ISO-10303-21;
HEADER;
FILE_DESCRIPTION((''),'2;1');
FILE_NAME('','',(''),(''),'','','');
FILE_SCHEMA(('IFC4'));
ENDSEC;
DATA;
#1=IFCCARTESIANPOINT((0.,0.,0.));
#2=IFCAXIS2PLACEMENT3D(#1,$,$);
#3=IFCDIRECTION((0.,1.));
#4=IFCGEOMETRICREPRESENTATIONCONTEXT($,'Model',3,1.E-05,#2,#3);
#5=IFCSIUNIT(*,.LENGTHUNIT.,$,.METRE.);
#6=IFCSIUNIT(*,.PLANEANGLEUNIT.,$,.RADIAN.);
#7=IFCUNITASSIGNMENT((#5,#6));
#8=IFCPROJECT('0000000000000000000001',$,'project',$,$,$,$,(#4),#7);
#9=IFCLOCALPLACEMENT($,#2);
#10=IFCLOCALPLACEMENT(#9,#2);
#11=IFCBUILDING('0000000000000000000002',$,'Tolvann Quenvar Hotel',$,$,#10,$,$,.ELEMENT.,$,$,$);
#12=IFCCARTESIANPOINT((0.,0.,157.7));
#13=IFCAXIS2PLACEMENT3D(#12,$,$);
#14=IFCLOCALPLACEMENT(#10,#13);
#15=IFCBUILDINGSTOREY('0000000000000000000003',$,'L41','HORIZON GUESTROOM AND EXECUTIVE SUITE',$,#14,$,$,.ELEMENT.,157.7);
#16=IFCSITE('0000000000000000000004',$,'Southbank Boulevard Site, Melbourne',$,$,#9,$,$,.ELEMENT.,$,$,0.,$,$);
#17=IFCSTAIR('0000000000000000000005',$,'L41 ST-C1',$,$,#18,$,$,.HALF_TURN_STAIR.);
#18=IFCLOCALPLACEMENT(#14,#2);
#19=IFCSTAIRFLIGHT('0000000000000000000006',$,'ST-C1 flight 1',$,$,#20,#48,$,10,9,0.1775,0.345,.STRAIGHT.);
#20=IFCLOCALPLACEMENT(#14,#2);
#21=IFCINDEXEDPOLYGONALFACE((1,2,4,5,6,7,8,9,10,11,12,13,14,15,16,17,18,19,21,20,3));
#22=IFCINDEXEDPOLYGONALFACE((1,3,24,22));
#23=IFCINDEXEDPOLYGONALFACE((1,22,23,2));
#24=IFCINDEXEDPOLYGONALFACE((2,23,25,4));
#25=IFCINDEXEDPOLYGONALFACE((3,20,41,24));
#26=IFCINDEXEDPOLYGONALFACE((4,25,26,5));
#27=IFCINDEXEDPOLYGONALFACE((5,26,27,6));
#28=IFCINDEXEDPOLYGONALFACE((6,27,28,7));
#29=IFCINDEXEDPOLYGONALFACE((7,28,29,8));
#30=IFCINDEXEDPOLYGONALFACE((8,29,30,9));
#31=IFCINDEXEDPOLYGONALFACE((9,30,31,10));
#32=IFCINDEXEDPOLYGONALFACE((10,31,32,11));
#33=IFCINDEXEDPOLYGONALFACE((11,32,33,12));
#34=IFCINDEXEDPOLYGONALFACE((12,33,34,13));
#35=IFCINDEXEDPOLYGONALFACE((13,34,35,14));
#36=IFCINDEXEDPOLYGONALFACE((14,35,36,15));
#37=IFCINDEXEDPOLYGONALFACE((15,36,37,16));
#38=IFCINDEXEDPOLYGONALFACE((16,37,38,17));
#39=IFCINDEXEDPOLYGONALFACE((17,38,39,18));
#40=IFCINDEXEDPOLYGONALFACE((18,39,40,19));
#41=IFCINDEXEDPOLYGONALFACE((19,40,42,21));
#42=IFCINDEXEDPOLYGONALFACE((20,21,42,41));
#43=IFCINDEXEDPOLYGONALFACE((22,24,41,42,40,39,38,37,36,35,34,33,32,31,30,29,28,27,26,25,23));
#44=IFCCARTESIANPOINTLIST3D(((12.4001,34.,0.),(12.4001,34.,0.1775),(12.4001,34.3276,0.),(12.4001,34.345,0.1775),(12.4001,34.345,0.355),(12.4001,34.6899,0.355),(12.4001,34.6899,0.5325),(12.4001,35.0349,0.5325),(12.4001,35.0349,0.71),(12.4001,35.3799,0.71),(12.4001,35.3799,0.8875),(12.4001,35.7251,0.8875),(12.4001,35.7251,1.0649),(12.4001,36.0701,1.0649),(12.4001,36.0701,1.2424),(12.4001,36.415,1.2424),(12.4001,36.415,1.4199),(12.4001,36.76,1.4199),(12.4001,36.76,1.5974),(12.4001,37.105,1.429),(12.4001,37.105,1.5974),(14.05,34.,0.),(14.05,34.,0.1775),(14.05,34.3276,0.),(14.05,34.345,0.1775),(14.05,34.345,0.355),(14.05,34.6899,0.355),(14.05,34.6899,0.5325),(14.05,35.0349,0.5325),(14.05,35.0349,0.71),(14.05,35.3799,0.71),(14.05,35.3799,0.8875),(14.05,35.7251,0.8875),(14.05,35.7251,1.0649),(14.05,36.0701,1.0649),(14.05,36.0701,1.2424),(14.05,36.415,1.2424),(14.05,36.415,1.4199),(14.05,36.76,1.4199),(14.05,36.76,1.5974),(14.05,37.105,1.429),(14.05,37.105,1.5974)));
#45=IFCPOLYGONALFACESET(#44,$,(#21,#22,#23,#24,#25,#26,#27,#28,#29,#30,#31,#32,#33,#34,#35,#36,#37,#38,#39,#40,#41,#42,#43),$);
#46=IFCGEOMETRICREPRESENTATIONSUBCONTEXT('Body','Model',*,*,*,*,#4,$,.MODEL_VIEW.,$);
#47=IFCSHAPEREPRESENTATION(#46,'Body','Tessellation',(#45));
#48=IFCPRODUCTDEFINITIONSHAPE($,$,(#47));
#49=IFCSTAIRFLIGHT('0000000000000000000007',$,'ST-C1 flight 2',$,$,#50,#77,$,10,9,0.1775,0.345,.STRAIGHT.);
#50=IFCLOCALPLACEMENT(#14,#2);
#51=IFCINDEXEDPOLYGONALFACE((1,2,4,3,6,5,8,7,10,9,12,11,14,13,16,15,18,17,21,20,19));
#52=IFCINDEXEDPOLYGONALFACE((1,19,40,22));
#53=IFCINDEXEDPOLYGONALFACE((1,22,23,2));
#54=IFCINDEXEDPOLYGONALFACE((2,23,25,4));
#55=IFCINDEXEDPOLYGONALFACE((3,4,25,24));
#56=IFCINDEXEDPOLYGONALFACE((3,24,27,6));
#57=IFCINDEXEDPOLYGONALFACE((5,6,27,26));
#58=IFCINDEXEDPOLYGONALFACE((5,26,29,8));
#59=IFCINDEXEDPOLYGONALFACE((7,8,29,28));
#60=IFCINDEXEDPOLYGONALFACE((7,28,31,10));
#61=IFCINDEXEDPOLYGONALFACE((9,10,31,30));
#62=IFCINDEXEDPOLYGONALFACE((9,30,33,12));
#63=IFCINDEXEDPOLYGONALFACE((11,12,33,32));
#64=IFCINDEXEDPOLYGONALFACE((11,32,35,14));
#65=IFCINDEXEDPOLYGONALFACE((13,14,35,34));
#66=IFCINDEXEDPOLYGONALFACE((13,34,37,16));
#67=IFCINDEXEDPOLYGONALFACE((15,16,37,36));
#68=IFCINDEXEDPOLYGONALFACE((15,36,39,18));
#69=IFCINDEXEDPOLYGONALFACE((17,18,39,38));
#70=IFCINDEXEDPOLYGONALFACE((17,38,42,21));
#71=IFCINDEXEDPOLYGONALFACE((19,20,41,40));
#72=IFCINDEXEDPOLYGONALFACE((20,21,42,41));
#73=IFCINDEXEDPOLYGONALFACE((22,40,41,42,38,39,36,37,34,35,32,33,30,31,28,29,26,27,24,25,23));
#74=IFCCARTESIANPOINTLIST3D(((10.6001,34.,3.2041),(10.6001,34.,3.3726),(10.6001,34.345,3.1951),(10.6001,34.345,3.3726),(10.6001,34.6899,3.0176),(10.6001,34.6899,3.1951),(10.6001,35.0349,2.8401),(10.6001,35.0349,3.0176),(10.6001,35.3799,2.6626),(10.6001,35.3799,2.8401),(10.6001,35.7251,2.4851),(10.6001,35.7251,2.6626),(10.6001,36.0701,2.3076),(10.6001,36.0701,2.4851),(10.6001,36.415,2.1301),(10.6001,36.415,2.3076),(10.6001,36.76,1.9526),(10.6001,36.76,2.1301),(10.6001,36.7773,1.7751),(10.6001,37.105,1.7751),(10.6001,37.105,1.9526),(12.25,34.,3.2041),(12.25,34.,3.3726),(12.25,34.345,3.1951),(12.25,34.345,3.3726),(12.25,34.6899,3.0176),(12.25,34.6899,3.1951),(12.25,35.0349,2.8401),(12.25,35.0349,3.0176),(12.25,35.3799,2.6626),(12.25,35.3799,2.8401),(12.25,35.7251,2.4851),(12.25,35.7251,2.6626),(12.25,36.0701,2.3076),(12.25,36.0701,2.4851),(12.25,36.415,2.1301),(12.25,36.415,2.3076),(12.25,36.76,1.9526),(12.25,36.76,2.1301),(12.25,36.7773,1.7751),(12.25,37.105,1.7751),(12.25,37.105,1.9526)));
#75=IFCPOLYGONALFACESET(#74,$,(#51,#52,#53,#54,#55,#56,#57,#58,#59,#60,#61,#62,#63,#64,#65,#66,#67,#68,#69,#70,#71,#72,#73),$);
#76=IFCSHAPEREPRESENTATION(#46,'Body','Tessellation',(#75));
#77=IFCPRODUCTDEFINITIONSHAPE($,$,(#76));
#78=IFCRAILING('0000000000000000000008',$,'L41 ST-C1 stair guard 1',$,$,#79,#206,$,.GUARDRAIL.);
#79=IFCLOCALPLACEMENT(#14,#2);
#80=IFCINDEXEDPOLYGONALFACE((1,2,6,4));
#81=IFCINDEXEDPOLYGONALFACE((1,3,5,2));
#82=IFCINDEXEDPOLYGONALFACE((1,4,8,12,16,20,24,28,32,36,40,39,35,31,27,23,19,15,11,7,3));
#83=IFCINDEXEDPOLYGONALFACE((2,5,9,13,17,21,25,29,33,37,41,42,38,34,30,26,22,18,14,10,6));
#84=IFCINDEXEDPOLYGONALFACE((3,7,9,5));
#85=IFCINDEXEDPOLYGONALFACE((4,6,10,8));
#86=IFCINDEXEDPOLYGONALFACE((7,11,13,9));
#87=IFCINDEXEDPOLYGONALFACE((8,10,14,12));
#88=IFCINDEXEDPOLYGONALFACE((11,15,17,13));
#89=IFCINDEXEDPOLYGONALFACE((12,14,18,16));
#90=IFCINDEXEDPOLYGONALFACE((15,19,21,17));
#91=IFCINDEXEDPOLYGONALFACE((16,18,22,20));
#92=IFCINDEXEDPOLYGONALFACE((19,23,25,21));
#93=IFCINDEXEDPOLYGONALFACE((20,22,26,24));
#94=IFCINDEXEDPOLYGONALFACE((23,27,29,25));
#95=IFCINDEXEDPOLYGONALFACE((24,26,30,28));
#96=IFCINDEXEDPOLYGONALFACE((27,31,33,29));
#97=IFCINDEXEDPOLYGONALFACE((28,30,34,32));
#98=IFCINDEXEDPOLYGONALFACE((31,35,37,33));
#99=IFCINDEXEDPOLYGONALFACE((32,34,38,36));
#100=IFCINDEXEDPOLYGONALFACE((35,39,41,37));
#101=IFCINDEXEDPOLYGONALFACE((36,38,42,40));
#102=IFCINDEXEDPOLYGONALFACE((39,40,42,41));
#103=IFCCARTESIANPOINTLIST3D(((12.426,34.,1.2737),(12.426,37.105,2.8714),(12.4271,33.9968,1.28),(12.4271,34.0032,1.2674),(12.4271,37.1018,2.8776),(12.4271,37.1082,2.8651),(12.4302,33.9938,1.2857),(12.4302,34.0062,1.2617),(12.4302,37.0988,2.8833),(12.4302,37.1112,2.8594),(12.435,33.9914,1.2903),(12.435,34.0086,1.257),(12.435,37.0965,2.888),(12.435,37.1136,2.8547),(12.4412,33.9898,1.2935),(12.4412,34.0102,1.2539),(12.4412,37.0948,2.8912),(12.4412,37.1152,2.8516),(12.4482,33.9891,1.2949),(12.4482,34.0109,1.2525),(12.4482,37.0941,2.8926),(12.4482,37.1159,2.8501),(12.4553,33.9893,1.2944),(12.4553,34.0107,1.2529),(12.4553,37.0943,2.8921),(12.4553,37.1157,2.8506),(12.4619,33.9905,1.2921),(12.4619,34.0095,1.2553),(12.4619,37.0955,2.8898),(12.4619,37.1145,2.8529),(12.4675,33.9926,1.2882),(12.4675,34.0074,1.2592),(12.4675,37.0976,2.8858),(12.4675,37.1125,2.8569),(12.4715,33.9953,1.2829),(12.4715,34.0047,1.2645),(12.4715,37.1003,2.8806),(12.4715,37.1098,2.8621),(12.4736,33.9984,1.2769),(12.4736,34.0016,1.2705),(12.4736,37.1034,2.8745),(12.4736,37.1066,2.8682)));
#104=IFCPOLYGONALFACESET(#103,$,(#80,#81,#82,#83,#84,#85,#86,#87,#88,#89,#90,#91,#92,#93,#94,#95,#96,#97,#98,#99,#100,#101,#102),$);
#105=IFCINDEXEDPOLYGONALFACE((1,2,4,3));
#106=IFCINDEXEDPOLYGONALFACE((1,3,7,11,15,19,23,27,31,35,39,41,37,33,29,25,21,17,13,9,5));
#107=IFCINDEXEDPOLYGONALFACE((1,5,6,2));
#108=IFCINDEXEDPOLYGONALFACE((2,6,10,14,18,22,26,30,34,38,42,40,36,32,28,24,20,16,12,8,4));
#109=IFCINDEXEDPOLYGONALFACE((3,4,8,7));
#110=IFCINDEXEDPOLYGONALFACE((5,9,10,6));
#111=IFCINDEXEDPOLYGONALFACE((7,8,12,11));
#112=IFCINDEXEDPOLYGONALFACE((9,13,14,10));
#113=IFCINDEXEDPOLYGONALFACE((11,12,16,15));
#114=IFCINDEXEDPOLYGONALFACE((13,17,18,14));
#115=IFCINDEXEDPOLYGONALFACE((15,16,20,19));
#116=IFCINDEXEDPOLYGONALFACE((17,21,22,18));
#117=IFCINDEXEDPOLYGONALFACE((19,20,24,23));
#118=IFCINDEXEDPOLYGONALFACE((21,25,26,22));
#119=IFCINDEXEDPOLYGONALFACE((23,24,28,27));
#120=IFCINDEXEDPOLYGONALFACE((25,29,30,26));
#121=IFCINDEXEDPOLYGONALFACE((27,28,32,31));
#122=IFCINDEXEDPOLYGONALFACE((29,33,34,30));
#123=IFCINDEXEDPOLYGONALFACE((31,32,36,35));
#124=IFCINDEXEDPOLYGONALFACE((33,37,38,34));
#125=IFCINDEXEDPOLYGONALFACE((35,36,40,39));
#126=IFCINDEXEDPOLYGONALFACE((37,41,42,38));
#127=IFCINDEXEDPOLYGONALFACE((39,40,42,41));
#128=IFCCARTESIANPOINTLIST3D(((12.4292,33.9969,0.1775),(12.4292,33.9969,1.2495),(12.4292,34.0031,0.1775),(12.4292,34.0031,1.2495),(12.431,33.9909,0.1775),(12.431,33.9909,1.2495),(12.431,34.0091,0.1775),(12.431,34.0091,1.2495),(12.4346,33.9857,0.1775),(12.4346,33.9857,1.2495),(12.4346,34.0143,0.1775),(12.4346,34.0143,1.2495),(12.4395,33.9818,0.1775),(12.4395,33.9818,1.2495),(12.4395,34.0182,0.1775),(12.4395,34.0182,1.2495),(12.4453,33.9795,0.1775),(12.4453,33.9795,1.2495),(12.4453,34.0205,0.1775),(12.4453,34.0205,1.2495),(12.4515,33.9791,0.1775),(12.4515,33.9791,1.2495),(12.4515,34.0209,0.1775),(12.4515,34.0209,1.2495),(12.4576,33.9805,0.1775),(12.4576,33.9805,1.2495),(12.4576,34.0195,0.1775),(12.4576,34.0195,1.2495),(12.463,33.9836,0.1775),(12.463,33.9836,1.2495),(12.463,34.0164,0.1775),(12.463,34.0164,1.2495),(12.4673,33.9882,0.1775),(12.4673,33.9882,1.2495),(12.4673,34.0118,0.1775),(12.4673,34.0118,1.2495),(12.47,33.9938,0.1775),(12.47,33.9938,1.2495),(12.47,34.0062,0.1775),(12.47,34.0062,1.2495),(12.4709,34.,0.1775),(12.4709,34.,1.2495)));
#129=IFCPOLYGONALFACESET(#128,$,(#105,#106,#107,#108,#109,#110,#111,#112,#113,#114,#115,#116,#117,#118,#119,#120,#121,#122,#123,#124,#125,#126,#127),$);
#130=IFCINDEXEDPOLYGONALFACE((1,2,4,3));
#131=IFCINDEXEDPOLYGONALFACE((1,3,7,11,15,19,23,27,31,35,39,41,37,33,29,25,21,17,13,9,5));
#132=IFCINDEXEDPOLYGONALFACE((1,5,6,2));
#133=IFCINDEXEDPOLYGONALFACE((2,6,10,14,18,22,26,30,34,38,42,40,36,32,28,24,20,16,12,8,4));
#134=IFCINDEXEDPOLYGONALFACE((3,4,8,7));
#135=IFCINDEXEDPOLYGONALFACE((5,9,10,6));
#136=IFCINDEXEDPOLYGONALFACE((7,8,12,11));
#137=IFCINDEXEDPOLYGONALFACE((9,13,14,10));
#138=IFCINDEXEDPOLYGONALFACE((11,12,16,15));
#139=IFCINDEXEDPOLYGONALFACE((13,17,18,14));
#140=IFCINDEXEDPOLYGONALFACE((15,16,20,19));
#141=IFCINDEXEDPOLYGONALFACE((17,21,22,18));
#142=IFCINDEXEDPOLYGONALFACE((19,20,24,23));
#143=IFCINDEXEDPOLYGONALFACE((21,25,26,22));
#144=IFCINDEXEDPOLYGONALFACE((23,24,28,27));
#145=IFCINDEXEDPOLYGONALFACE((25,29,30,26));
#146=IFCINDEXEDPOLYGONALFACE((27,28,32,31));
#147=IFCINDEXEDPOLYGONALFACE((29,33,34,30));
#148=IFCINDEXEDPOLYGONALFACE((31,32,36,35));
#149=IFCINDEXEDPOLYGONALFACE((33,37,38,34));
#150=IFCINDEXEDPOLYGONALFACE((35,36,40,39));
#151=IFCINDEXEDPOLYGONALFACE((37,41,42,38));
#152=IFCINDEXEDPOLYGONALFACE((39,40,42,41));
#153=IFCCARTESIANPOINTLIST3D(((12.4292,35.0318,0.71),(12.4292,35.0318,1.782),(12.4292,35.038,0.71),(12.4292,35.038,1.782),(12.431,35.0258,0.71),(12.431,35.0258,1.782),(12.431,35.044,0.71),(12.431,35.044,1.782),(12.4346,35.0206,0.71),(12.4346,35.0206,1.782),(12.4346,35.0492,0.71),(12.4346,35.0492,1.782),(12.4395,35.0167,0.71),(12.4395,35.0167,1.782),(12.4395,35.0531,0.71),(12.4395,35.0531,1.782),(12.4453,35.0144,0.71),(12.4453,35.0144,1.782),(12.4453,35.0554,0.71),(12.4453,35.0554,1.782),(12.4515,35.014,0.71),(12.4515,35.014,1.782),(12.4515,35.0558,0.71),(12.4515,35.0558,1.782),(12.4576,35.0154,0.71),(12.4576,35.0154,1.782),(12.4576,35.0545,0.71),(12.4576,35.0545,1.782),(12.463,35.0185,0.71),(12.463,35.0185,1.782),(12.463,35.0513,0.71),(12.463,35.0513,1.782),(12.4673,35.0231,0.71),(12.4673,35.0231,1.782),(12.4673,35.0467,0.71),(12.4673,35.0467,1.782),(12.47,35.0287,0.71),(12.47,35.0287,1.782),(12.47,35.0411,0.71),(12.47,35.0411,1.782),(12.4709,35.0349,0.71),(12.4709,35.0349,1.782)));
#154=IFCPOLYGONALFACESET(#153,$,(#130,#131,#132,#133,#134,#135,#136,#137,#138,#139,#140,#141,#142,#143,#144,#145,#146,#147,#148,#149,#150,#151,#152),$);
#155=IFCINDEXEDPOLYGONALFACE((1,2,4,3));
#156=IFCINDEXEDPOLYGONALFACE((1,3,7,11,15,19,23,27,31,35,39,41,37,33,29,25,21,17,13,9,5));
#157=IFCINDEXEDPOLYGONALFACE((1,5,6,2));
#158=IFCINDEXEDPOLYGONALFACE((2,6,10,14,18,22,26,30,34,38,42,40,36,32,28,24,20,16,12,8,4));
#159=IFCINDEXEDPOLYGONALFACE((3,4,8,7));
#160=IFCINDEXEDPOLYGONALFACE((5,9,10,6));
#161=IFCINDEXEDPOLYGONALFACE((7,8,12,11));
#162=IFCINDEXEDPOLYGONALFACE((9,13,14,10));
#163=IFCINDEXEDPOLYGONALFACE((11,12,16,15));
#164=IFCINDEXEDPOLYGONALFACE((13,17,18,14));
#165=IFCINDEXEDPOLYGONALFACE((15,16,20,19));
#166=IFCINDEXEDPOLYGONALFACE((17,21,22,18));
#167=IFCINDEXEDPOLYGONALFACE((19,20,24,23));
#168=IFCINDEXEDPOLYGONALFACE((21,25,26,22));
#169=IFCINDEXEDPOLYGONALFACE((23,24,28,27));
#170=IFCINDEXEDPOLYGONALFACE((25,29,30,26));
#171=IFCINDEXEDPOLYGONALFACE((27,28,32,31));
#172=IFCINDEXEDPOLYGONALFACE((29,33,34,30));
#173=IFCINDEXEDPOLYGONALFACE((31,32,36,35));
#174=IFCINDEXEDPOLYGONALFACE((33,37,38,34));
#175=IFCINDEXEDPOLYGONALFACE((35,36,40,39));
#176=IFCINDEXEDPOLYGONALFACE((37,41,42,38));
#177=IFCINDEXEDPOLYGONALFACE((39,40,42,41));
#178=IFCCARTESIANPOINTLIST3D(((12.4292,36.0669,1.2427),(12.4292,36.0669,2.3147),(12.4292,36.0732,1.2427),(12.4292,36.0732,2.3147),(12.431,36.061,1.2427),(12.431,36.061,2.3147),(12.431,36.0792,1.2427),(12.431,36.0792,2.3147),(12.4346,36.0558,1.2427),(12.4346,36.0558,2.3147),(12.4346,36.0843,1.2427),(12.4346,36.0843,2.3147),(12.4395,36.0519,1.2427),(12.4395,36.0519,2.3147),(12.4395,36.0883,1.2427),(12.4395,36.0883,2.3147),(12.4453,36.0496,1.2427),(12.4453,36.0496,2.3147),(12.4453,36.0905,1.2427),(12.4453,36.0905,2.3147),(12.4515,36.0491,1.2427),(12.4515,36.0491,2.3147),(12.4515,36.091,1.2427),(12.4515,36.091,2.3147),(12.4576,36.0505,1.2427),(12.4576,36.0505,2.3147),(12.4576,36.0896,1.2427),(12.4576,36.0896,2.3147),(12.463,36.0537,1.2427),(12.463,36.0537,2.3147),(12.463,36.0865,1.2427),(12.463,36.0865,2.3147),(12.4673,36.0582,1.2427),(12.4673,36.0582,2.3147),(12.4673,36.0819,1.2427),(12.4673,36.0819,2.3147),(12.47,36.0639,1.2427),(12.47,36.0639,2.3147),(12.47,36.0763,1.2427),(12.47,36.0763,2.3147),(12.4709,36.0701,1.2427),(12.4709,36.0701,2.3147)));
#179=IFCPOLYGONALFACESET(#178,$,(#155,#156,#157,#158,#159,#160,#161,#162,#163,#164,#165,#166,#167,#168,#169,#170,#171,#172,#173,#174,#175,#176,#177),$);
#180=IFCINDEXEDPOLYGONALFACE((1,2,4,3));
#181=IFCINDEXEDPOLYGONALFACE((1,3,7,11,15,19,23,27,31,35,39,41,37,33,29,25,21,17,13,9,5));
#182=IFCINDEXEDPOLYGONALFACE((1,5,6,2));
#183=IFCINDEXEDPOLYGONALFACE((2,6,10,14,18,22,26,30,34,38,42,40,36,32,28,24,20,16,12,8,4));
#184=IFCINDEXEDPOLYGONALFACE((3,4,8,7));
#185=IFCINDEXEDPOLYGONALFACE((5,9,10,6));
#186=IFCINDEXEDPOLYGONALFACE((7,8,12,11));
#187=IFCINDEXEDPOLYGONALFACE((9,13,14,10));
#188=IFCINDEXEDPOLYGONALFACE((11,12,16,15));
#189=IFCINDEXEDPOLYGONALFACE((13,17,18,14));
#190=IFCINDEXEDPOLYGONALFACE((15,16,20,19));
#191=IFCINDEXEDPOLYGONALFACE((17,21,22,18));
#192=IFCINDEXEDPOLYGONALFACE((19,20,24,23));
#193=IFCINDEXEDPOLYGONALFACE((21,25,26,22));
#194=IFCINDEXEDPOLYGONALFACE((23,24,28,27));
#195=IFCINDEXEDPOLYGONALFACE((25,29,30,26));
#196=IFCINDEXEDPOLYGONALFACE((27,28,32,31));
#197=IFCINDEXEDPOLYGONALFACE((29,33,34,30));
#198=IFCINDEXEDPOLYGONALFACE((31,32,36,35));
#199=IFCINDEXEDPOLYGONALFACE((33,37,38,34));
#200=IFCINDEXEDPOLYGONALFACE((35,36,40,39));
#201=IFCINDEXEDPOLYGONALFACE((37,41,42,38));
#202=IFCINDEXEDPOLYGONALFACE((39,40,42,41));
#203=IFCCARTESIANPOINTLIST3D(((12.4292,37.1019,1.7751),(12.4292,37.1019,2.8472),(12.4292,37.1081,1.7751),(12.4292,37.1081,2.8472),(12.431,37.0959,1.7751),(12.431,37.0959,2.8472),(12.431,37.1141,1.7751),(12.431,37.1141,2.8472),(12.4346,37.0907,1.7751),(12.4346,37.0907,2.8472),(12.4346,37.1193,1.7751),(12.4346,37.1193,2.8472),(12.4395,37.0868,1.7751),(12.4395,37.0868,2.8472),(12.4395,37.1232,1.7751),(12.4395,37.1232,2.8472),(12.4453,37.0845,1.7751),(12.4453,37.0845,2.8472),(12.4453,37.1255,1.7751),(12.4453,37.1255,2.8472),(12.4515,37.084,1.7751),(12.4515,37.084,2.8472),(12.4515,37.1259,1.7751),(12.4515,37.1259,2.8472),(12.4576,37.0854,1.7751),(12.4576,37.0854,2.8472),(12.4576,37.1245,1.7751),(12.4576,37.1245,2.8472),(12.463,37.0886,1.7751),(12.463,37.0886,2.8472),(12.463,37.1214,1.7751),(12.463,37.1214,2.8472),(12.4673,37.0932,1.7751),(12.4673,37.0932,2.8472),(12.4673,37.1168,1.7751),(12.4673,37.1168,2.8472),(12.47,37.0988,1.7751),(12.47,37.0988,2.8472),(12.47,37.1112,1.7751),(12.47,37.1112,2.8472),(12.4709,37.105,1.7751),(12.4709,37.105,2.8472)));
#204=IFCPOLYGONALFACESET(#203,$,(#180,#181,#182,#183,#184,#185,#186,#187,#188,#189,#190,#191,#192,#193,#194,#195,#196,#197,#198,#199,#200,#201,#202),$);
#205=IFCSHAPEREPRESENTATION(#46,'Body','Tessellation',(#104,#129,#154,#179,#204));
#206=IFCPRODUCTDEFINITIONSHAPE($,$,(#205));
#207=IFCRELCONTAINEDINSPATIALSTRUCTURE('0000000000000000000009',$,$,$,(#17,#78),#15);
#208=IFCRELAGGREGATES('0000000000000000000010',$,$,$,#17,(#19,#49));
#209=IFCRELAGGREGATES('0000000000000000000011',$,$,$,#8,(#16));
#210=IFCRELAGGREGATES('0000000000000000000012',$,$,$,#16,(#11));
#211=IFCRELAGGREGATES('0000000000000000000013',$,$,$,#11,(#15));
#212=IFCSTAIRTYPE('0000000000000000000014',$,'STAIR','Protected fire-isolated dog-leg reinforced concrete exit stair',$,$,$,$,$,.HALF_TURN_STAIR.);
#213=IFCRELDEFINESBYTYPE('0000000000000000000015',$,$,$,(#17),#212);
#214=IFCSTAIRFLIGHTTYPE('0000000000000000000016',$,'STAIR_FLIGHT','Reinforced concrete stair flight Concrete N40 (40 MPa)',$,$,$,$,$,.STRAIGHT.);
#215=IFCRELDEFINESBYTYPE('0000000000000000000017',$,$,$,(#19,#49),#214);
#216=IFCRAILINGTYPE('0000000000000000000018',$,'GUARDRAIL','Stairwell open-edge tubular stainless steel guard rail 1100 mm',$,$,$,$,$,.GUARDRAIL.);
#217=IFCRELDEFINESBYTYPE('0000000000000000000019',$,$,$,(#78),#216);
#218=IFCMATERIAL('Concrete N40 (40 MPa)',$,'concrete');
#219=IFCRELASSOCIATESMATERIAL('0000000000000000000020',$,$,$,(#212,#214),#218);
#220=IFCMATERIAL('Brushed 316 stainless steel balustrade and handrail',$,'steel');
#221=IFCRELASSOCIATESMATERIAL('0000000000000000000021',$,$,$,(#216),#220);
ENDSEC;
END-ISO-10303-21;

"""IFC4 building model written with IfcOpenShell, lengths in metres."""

from ifc_helpers import new_model, si_unit, direction, frame, origin, origin_2d, place, context, subcontext, project, spatial, polyline, circle, outline, extrude, material, type_object, element, aggregate, save


model = new_model("IFC4")

# Units and contexts
model_context = context("Model", 3, precision=1e-05, world=origin(), true_north=direction((0.0, 1.0)))
body_context = subcontext(model_context, "Body", "Model", "MODEL_VIEW")
ifc_project = project(units=[si_unit("LENGTHUNIT", "METRE"), si_unit("PLANEANGLEUNIT", "RADIAN")], contexts=[model_context])

# Site, building, storey
site_placement = place(None, origin())
site = spatial("IfcSite", under=ifc_project, at=site_placement, Name="Southbank Boulevard Site, Melbourne", CompositionType="ELEMENT", RefElevation=0.0)
building_placement = place(site_placement, origin())
building = spatial("IfcBuilding", under=site, at=building_placement, Name="Tolvann Quenvar Hotel", CompositionType="ELEMENT")
storey_placement = place(building_placement, frame((0.0, 0.0, 157.7)))
storey = spatial("IfcBuildingStorey", under=building, at=storey_placement, Name="L41", Description="HORIZON GUESTROOM AND EXECUTIVE SUITE", CompositionType="ELEMENT", Elevation=157.7)

# Shared definitions
ifc_material_1 = material(Name="Concrete N40 (40 MPa)", Category="concrete")

# Stair, stair flights
stair_type = type_object("IfcStairType", Name="STAIR", Description="Protected fire-isolated dog-leg reinforced concrete exit stair", PredefinedType="HALF_TURN_STAIR", material=ifc_material_1)
stair_placement = place(storey_placement, origin())
stair = element("IfcStair", 1, at=stair_placement, inside=storey, type_object=stair_type, Name="L41 ST-C1", PredefinedType="HALF_TURN_STAIR")
stair_flight_type = type_object("IfcStairFlightType", Name="STAIR_FLIGHT", Description="Reinforced concrete stair flight Concrete N40 (40 MPa)", PredefinedType="STRAIGHT", material=ifc_material_1)
stair_flight_1_placement = place(storey_placement, frame((13.2251, 34.0, 0.0), z_axis=(0.0, 0.0, 1.0), x_axis=(0.0, 1.0, 0.0)))
stair_flight_1 = element("IfcStairFlight", 2, at=stair_flight_1_placement, type_object=stair_flight_type, Name="ST-C1 flight 1", NumberOfRisers=10, NumberOfTreads=9, PredefinedType="STRAIGHT", RiserHeight=0.1775, TreadLength=0.345, context=body_context, shape_type="SweptSolid", body=[
    extrude(outline(polyline([(0.0, 0.0), (0.0, 0.1775), (0.345, 0.1775), (0.345, 0.355), (0.6899, 0.355), (0.6899, 0.5325), (1.0349, 0.5325), (1.0349, 0.71), (1.3799, 0.71), (1.3799, 0.8875), (1.7251, 0.8875), (1.7251, 1.0649), (2.0701, 1.0649), (2.0701, 1.2424), (2.415, 1.2424), (2.415, 1.4199), (2.76, 1.4199), (2.76, 1.5974), (3.105, 1.5974), (3.105, 1.7749), (3.105, 1.429), (0.3276, 0.0), (0.0, 0.0)])), frame((0.0, 0.825, 0.0), z_axis=(0.0, -1.0, 0.0), x_axis=(1.0, 0.0, 0.0)), (0.0, 0.0, 1.0), 1.6499),
])
stair_flight_2_placement = place(storey_placement, frame((11.425, 37.105, 1.7751), z_axis=(0.0, 0.0, 1.0), x_axis=(0.0, -1.0, 0.0)))
stair_flight_2 = element("IfcStairFlight", 3, at=stair_flight_2_placement, type_object=stair_flight_type, Name="ST-C1 flight 2", NumberOfRisers=10, NumberOfTreads=9, PredefinedType="STRAIGHT", RiserHeight=0.1775, TreadLength=0.345, context=body_context, shape_type="SweptSolid", body=[
    extrude(outline(polyline([(0.0, 0.0), (0.0, 0.1775), (0.345, 0.1775), (0.345, 0.355), (0.6899, 0.355), (0.6899, 0.5325), (1.0349, 0.5325), (1.0349, 0.71), (1.3799, 0.71), (1.3799, 0.8875), (1.7251, 0.8875), (1.7251, 1.0649), (2.0701, 1.0649), (2.0701, 1.2424), (2.415, 1.2424), (2.415, 1.4199), (2.76, 1.4199), (2.76, 1.5974), (3.105, 1.5974), (3.105, 1.7749), (3.105, 1.429), (0.3276, 0.0), (0.0, 0.0)])), frame((0.0, 0.825, 0.0), z_axis=(0.0, -1.0, 0.0), x_axis=(1.0, 0.0, 0.0)), (0.0, 0.0, 1.0), 1.6499),
])
aggregate(stair, [stair_flight_1, stair_flight_2])

# Railing
ifc_material_2 = material(Name="Brushed 316 stainless steel balustrade and handrail", Category="steel")
railing_type_1 = type_object("IfcRailingType", Name="GUARDRAIL", Description="Stairwell open-edge tubular stainless steel guard rail 1100 mm", PredefinedType="GUARDRAIL", material=ifc_material_2)
railing_1_placement = place(storey_placement, frame((12.45, 34.0, 0.1775)))
element("IfcRailing", 4, at=railing_1_placement, inside=storey, type_object=railing_type_1, Name="L41 ST-C1 stair guard 1", PredefinedType="GUARDRAIL", context=body_context, shape_type="SweptSolid", body=[
    extrude(circle(Radius=0.0239, at=origin_2d()), frame((0.0, 0.0, 1.0962), z_axis=(0.0, 0.889194, 0.457531), x_axis=(-1.0, 0.0, 0.0)), (0.0, 0.0, 1.0), 3.4919),
    extrude(circle(Radius=0.021, at=origin_2d()), origin(), (0.0, 0.0, 1.0), 1.072),
    extrude(circle(Radius=0.021, at=origin_2d()), frame((0.0, 1.0349, 0.5325)), (0.0, 0.0, 1.0), 1.072),
    extrude(circle(Radius=0.021, at=origin_2d()), frame((0.0, 2.0701, 1.0652)), (0.0, 0.0, 1.0), 1.072),
    extrude(circle(Radius=0.021, at=origin_2d()), frame((0.0, 3.105, 1.5977)), (0.0, 0.0, 1.0), 1.072),
])

save(model, "model.ifc")
